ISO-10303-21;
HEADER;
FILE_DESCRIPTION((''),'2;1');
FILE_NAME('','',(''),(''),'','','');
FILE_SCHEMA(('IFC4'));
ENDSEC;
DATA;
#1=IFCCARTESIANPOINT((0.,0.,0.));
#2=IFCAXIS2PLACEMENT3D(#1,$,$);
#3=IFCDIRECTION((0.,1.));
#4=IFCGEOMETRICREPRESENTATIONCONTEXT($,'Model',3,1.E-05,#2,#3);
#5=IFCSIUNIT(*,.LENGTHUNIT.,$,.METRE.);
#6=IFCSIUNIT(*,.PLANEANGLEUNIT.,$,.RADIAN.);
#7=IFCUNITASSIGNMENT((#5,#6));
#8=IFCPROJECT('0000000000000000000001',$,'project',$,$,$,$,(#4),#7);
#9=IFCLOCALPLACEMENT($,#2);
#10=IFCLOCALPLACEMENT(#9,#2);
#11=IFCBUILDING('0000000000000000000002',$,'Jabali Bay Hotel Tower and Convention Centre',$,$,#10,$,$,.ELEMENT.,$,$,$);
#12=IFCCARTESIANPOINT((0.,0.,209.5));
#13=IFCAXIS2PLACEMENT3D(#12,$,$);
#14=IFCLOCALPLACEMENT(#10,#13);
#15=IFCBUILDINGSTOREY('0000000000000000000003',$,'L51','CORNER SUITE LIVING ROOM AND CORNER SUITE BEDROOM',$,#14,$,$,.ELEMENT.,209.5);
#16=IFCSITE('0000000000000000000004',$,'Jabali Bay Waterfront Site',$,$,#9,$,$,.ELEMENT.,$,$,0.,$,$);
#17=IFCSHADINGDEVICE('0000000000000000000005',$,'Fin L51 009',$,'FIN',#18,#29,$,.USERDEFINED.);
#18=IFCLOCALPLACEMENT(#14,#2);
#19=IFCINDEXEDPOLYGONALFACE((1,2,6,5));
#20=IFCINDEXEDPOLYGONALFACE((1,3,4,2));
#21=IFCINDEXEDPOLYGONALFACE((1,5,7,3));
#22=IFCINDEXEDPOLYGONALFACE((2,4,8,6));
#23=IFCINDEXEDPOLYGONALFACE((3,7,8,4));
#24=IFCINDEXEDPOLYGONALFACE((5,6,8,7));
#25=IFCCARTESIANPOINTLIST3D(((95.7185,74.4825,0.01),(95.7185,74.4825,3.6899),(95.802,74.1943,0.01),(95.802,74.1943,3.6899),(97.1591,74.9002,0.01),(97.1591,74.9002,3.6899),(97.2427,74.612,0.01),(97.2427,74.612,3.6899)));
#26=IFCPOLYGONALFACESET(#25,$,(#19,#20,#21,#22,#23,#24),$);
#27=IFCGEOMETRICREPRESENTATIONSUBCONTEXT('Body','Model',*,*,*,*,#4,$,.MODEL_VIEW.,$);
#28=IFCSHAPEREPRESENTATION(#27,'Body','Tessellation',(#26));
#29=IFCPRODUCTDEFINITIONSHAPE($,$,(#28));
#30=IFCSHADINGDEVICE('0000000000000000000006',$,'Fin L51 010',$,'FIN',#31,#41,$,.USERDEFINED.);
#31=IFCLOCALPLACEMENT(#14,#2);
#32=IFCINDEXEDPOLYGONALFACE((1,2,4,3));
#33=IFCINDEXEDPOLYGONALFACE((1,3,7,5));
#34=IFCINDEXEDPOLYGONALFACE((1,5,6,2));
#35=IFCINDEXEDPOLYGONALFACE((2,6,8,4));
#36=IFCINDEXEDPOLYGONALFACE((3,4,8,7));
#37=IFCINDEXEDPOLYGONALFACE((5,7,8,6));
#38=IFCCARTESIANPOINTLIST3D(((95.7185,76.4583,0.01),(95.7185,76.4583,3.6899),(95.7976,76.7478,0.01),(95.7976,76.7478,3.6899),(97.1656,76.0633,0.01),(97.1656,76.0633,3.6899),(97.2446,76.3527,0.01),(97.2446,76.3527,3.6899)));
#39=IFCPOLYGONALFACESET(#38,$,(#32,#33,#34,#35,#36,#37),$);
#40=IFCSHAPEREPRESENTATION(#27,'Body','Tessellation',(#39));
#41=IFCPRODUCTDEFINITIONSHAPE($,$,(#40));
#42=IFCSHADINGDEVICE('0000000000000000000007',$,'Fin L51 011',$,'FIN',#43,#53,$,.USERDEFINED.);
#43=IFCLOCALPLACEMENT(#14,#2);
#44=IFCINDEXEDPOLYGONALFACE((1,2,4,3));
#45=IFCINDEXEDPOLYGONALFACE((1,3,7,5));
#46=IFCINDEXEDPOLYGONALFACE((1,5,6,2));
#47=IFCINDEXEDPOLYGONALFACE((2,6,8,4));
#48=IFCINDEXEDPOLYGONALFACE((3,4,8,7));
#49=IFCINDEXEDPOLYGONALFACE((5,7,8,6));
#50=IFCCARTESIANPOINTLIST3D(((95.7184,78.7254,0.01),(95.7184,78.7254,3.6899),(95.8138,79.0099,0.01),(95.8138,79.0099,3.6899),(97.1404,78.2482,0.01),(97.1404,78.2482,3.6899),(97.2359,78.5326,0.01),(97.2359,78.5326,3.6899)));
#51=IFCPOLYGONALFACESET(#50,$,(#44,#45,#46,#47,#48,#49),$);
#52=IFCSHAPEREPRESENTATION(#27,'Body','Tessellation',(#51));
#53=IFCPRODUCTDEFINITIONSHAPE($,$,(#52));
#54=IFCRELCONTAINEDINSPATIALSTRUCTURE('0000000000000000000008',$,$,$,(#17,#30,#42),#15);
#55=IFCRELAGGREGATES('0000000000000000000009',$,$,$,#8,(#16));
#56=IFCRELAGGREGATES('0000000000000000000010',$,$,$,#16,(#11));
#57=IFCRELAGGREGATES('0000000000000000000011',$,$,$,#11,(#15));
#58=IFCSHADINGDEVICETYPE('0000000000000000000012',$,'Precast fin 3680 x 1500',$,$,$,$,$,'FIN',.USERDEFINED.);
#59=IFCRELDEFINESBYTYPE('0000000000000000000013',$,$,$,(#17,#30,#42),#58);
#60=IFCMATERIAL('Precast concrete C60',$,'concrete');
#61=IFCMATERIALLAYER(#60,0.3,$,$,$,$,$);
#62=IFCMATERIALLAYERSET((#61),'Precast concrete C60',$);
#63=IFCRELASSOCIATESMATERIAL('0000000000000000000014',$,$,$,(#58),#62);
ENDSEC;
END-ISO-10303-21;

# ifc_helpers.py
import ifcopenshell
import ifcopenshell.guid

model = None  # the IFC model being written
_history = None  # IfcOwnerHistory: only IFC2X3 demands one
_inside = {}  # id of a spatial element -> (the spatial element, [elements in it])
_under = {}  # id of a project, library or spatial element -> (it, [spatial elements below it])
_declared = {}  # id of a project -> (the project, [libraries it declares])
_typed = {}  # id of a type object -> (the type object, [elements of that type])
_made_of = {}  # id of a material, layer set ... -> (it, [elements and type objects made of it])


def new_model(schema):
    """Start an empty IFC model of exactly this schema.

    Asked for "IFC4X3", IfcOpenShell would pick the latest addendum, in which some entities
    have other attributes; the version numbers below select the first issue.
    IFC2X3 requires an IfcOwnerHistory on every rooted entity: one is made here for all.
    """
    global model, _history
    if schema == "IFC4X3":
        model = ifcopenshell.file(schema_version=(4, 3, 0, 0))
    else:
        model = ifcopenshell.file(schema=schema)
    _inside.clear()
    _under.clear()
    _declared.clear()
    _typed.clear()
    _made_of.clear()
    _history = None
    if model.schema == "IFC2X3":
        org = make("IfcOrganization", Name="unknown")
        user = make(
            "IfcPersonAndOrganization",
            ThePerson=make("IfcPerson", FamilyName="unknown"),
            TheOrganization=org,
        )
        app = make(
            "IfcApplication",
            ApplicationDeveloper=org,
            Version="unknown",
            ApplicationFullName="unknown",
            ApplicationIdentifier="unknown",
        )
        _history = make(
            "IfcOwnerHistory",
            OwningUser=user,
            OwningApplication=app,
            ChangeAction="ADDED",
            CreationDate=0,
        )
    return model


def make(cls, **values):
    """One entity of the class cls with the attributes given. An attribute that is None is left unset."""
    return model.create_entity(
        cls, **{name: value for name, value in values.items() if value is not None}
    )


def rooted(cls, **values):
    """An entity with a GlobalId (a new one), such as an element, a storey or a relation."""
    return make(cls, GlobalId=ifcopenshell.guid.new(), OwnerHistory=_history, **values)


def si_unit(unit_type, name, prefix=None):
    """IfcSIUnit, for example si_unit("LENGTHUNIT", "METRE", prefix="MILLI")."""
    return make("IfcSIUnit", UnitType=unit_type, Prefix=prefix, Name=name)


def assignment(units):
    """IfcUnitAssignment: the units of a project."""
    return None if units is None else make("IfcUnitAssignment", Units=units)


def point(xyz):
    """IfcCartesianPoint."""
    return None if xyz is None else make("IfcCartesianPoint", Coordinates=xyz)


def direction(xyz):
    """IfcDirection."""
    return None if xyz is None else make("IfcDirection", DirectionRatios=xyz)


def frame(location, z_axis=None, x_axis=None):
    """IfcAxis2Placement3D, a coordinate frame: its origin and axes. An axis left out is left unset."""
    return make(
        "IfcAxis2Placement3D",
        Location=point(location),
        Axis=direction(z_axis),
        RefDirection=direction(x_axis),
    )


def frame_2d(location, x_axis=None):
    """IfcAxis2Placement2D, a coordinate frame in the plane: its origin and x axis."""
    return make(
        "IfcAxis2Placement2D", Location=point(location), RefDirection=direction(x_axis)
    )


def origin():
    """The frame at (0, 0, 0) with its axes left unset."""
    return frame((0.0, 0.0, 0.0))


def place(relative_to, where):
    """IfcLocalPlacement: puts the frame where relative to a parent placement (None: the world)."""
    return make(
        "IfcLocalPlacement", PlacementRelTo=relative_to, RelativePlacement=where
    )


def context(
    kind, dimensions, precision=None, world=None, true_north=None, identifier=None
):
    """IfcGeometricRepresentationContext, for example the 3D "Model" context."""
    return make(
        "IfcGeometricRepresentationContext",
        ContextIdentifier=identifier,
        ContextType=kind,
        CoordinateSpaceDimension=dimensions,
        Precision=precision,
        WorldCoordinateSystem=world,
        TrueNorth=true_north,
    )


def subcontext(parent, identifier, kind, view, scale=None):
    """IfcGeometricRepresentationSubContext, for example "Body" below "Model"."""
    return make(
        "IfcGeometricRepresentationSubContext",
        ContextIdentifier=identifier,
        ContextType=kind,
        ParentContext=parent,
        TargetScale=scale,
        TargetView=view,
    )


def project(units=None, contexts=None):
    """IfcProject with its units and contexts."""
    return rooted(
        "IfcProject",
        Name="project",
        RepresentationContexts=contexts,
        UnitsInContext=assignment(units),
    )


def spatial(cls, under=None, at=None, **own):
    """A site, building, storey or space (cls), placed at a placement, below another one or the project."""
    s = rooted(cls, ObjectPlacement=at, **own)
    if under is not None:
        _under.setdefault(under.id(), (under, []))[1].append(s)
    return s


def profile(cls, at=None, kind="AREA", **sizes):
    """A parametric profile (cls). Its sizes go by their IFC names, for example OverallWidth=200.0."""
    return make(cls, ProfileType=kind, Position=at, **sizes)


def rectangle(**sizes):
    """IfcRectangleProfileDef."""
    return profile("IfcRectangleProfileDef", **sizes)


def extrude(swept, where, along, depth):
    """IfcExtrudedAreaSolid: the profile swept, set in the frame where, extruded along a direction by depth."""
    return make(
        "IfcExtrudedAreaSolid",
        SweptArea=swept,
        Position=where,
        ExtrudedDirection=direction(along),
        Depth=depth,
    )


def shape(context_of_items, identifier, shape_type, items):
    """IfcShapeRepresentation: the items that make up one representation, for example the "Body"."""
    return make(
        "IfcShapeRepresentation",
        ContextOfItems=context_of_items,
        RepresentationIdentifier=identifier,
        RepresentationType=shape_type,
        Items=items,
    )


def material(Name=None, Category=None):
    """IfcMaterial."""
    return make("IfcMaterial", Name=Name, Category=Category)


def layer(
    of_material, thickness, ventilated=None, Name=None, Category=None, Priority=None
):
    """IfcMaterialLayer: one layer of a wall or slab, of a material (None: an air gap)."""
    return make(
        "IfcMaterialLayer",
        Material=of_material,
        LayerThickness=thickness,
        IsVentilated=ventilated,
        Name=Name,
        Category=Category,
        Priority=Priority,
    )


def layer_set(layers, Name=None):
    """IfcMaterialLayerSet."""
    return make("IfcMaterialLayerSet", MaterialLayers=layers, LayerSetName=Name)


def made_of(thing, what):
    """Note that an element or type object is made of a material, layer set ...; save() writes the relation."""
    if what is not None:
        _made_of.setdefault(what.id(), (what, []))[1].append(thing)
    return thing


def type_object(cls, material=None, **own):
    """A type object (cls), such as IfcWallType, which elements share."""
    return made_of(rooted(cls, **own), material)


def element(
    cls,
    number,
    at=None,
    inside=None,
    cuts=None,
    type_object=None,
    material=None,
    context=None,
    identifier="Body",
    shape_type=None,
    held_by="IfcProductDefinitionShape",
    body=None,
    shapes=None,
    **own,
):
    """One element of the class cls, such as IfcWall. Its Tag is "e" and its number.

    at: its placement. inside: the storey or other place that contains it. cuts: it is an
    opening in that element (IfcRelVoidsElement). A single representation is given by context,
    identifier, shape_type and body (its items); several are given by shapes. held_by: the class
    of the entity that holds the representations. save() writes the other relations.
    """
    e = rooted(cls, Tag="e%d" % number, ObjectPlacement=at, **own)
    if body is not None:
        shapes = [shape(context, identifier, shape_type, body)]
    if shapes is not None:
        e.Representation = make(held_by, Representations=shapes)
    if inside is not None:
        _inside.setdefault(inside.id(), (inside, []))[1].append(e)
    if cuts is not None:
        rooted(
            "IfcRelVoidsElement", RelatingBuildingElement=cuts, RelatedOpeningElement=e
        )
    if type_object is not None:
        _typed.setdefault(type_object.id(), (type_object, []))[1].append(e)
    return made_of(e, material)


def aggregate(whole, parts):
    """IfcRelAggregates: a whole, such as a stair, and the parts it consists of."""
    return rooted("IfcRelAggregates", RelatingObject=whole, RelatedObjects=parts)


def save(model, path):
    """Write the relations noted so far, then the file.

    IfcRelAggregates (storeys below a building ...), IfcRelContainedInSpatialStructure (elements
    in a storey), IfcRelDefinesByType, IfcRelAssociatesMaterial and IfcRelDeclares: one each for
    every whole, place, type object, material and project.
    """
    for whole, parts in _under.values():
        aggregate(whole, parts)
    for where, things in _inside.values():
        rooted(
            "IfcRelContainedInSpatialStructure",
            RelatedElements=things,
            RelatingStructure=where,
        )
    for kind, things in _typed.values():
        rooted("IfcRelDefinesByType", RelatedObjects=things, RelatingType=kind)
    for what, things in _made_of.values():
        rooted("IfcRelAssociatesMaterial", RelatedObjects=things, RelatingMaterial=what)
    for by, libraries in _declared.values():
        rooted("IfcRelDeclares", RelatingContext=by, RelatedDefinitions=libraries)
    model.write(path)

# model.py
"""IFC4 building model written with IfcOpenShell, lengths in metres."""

from ifc_helpers import new_model, si_unit, direction, frame, frame_2d, origin, place, context, subcontext, project, spatial, rectangle, extrude, material, layer, layer_set, type_object, element, save


model = new_model("IFC4")

# Units and contexts
model_context = context("Model", 3, precision=1e-05, world=origin(), true_north=direction((0.0, 1.0)))
body_context = subcontext(model_context, "Body", "Model", "MODEL_VIEW")
ifc_project = project(units=[si_unit("LENGTHUNIT", "METRE"), si_unit("PLANEANGLEUNIT", "RADIAN")], contexts=[model_context])

# Site, building, storey
site_placement = place(None, origin())
site = spatial("IfcSite", under=ifc_project, at=site_placement, Name="Jabali Bay Waterfront Site", CompositionType="ELEMENT", RefElevation=0.0)
building_placement = place(site_placement, origin())
building = spatial("IfcBuilding", under=site, at=building_placement, Name="Jabali Bay Hotel Tower and Convention Centre", CompositionType="ELEMENT")
storey_placement = place(building_placement, frame((0.0, 0.0, 209.5)))
storey = spatial("IfcBuildingStorey", under=building, at=storey_placement, Name="L51", Description="CORNER SUITE LIVING ROOM AND CORNER SUITE BEDROOM", CompositionType="ELEMENT", Elevation=209.5)

# Shading devices
ifc_material_1 = material(Name="Precast concrete C60", Category="concrete")
ifc_layer_1 = layer(ifc_material_1, 0.3)
ifc_layer_set_1 = layer_set([ifc_layer_1], Name="Precast concrete C60")
shading_device_type = type_object("IfcShadingDeviceType", Name="Precast fin 3680 x 1500", ElementType="FIN", PredefinedType="USERDEFINED", material=ifc_layer_set_1)
for number, where, z_axis, x_axis, name in (
    (1, (95.7603, 74.3384, 0.01), (0.0, 0.0, 1.0), (0.960442, 0.278481, 0.0), "Fin L51 009"),
    (2, (95.7581, 76.603, 0.01), (0.0, 0.0, 1.0), (0.9647, -0.263352, 0.0), "Fin L51 010"),
    (3, (95.7661, 78.8677, 0.01), (0.0, 0.0, 1.0), (0.94803, -0.31818, 0.0), "Fin L51 011"),
):
    element("IfcShadingDevice", number, at=place(storey_placement, frame(where, z_axis=z_axis, x_axis=x_axis)), inside=storey, type_object=shading_device_type, Name=name, ObjectType="FIN", PredefinedType="USERDEFINED", context=body_context, shape_type="SweptSolid", body=[
        extrude(rectangle(XDim=1.5, YDim=0.3, at=frame_2d((0.75, 0.0))), origin(), (0.0, 0.0, 1.0), 3.6799),
    ])

save(model, "model.ifc")
